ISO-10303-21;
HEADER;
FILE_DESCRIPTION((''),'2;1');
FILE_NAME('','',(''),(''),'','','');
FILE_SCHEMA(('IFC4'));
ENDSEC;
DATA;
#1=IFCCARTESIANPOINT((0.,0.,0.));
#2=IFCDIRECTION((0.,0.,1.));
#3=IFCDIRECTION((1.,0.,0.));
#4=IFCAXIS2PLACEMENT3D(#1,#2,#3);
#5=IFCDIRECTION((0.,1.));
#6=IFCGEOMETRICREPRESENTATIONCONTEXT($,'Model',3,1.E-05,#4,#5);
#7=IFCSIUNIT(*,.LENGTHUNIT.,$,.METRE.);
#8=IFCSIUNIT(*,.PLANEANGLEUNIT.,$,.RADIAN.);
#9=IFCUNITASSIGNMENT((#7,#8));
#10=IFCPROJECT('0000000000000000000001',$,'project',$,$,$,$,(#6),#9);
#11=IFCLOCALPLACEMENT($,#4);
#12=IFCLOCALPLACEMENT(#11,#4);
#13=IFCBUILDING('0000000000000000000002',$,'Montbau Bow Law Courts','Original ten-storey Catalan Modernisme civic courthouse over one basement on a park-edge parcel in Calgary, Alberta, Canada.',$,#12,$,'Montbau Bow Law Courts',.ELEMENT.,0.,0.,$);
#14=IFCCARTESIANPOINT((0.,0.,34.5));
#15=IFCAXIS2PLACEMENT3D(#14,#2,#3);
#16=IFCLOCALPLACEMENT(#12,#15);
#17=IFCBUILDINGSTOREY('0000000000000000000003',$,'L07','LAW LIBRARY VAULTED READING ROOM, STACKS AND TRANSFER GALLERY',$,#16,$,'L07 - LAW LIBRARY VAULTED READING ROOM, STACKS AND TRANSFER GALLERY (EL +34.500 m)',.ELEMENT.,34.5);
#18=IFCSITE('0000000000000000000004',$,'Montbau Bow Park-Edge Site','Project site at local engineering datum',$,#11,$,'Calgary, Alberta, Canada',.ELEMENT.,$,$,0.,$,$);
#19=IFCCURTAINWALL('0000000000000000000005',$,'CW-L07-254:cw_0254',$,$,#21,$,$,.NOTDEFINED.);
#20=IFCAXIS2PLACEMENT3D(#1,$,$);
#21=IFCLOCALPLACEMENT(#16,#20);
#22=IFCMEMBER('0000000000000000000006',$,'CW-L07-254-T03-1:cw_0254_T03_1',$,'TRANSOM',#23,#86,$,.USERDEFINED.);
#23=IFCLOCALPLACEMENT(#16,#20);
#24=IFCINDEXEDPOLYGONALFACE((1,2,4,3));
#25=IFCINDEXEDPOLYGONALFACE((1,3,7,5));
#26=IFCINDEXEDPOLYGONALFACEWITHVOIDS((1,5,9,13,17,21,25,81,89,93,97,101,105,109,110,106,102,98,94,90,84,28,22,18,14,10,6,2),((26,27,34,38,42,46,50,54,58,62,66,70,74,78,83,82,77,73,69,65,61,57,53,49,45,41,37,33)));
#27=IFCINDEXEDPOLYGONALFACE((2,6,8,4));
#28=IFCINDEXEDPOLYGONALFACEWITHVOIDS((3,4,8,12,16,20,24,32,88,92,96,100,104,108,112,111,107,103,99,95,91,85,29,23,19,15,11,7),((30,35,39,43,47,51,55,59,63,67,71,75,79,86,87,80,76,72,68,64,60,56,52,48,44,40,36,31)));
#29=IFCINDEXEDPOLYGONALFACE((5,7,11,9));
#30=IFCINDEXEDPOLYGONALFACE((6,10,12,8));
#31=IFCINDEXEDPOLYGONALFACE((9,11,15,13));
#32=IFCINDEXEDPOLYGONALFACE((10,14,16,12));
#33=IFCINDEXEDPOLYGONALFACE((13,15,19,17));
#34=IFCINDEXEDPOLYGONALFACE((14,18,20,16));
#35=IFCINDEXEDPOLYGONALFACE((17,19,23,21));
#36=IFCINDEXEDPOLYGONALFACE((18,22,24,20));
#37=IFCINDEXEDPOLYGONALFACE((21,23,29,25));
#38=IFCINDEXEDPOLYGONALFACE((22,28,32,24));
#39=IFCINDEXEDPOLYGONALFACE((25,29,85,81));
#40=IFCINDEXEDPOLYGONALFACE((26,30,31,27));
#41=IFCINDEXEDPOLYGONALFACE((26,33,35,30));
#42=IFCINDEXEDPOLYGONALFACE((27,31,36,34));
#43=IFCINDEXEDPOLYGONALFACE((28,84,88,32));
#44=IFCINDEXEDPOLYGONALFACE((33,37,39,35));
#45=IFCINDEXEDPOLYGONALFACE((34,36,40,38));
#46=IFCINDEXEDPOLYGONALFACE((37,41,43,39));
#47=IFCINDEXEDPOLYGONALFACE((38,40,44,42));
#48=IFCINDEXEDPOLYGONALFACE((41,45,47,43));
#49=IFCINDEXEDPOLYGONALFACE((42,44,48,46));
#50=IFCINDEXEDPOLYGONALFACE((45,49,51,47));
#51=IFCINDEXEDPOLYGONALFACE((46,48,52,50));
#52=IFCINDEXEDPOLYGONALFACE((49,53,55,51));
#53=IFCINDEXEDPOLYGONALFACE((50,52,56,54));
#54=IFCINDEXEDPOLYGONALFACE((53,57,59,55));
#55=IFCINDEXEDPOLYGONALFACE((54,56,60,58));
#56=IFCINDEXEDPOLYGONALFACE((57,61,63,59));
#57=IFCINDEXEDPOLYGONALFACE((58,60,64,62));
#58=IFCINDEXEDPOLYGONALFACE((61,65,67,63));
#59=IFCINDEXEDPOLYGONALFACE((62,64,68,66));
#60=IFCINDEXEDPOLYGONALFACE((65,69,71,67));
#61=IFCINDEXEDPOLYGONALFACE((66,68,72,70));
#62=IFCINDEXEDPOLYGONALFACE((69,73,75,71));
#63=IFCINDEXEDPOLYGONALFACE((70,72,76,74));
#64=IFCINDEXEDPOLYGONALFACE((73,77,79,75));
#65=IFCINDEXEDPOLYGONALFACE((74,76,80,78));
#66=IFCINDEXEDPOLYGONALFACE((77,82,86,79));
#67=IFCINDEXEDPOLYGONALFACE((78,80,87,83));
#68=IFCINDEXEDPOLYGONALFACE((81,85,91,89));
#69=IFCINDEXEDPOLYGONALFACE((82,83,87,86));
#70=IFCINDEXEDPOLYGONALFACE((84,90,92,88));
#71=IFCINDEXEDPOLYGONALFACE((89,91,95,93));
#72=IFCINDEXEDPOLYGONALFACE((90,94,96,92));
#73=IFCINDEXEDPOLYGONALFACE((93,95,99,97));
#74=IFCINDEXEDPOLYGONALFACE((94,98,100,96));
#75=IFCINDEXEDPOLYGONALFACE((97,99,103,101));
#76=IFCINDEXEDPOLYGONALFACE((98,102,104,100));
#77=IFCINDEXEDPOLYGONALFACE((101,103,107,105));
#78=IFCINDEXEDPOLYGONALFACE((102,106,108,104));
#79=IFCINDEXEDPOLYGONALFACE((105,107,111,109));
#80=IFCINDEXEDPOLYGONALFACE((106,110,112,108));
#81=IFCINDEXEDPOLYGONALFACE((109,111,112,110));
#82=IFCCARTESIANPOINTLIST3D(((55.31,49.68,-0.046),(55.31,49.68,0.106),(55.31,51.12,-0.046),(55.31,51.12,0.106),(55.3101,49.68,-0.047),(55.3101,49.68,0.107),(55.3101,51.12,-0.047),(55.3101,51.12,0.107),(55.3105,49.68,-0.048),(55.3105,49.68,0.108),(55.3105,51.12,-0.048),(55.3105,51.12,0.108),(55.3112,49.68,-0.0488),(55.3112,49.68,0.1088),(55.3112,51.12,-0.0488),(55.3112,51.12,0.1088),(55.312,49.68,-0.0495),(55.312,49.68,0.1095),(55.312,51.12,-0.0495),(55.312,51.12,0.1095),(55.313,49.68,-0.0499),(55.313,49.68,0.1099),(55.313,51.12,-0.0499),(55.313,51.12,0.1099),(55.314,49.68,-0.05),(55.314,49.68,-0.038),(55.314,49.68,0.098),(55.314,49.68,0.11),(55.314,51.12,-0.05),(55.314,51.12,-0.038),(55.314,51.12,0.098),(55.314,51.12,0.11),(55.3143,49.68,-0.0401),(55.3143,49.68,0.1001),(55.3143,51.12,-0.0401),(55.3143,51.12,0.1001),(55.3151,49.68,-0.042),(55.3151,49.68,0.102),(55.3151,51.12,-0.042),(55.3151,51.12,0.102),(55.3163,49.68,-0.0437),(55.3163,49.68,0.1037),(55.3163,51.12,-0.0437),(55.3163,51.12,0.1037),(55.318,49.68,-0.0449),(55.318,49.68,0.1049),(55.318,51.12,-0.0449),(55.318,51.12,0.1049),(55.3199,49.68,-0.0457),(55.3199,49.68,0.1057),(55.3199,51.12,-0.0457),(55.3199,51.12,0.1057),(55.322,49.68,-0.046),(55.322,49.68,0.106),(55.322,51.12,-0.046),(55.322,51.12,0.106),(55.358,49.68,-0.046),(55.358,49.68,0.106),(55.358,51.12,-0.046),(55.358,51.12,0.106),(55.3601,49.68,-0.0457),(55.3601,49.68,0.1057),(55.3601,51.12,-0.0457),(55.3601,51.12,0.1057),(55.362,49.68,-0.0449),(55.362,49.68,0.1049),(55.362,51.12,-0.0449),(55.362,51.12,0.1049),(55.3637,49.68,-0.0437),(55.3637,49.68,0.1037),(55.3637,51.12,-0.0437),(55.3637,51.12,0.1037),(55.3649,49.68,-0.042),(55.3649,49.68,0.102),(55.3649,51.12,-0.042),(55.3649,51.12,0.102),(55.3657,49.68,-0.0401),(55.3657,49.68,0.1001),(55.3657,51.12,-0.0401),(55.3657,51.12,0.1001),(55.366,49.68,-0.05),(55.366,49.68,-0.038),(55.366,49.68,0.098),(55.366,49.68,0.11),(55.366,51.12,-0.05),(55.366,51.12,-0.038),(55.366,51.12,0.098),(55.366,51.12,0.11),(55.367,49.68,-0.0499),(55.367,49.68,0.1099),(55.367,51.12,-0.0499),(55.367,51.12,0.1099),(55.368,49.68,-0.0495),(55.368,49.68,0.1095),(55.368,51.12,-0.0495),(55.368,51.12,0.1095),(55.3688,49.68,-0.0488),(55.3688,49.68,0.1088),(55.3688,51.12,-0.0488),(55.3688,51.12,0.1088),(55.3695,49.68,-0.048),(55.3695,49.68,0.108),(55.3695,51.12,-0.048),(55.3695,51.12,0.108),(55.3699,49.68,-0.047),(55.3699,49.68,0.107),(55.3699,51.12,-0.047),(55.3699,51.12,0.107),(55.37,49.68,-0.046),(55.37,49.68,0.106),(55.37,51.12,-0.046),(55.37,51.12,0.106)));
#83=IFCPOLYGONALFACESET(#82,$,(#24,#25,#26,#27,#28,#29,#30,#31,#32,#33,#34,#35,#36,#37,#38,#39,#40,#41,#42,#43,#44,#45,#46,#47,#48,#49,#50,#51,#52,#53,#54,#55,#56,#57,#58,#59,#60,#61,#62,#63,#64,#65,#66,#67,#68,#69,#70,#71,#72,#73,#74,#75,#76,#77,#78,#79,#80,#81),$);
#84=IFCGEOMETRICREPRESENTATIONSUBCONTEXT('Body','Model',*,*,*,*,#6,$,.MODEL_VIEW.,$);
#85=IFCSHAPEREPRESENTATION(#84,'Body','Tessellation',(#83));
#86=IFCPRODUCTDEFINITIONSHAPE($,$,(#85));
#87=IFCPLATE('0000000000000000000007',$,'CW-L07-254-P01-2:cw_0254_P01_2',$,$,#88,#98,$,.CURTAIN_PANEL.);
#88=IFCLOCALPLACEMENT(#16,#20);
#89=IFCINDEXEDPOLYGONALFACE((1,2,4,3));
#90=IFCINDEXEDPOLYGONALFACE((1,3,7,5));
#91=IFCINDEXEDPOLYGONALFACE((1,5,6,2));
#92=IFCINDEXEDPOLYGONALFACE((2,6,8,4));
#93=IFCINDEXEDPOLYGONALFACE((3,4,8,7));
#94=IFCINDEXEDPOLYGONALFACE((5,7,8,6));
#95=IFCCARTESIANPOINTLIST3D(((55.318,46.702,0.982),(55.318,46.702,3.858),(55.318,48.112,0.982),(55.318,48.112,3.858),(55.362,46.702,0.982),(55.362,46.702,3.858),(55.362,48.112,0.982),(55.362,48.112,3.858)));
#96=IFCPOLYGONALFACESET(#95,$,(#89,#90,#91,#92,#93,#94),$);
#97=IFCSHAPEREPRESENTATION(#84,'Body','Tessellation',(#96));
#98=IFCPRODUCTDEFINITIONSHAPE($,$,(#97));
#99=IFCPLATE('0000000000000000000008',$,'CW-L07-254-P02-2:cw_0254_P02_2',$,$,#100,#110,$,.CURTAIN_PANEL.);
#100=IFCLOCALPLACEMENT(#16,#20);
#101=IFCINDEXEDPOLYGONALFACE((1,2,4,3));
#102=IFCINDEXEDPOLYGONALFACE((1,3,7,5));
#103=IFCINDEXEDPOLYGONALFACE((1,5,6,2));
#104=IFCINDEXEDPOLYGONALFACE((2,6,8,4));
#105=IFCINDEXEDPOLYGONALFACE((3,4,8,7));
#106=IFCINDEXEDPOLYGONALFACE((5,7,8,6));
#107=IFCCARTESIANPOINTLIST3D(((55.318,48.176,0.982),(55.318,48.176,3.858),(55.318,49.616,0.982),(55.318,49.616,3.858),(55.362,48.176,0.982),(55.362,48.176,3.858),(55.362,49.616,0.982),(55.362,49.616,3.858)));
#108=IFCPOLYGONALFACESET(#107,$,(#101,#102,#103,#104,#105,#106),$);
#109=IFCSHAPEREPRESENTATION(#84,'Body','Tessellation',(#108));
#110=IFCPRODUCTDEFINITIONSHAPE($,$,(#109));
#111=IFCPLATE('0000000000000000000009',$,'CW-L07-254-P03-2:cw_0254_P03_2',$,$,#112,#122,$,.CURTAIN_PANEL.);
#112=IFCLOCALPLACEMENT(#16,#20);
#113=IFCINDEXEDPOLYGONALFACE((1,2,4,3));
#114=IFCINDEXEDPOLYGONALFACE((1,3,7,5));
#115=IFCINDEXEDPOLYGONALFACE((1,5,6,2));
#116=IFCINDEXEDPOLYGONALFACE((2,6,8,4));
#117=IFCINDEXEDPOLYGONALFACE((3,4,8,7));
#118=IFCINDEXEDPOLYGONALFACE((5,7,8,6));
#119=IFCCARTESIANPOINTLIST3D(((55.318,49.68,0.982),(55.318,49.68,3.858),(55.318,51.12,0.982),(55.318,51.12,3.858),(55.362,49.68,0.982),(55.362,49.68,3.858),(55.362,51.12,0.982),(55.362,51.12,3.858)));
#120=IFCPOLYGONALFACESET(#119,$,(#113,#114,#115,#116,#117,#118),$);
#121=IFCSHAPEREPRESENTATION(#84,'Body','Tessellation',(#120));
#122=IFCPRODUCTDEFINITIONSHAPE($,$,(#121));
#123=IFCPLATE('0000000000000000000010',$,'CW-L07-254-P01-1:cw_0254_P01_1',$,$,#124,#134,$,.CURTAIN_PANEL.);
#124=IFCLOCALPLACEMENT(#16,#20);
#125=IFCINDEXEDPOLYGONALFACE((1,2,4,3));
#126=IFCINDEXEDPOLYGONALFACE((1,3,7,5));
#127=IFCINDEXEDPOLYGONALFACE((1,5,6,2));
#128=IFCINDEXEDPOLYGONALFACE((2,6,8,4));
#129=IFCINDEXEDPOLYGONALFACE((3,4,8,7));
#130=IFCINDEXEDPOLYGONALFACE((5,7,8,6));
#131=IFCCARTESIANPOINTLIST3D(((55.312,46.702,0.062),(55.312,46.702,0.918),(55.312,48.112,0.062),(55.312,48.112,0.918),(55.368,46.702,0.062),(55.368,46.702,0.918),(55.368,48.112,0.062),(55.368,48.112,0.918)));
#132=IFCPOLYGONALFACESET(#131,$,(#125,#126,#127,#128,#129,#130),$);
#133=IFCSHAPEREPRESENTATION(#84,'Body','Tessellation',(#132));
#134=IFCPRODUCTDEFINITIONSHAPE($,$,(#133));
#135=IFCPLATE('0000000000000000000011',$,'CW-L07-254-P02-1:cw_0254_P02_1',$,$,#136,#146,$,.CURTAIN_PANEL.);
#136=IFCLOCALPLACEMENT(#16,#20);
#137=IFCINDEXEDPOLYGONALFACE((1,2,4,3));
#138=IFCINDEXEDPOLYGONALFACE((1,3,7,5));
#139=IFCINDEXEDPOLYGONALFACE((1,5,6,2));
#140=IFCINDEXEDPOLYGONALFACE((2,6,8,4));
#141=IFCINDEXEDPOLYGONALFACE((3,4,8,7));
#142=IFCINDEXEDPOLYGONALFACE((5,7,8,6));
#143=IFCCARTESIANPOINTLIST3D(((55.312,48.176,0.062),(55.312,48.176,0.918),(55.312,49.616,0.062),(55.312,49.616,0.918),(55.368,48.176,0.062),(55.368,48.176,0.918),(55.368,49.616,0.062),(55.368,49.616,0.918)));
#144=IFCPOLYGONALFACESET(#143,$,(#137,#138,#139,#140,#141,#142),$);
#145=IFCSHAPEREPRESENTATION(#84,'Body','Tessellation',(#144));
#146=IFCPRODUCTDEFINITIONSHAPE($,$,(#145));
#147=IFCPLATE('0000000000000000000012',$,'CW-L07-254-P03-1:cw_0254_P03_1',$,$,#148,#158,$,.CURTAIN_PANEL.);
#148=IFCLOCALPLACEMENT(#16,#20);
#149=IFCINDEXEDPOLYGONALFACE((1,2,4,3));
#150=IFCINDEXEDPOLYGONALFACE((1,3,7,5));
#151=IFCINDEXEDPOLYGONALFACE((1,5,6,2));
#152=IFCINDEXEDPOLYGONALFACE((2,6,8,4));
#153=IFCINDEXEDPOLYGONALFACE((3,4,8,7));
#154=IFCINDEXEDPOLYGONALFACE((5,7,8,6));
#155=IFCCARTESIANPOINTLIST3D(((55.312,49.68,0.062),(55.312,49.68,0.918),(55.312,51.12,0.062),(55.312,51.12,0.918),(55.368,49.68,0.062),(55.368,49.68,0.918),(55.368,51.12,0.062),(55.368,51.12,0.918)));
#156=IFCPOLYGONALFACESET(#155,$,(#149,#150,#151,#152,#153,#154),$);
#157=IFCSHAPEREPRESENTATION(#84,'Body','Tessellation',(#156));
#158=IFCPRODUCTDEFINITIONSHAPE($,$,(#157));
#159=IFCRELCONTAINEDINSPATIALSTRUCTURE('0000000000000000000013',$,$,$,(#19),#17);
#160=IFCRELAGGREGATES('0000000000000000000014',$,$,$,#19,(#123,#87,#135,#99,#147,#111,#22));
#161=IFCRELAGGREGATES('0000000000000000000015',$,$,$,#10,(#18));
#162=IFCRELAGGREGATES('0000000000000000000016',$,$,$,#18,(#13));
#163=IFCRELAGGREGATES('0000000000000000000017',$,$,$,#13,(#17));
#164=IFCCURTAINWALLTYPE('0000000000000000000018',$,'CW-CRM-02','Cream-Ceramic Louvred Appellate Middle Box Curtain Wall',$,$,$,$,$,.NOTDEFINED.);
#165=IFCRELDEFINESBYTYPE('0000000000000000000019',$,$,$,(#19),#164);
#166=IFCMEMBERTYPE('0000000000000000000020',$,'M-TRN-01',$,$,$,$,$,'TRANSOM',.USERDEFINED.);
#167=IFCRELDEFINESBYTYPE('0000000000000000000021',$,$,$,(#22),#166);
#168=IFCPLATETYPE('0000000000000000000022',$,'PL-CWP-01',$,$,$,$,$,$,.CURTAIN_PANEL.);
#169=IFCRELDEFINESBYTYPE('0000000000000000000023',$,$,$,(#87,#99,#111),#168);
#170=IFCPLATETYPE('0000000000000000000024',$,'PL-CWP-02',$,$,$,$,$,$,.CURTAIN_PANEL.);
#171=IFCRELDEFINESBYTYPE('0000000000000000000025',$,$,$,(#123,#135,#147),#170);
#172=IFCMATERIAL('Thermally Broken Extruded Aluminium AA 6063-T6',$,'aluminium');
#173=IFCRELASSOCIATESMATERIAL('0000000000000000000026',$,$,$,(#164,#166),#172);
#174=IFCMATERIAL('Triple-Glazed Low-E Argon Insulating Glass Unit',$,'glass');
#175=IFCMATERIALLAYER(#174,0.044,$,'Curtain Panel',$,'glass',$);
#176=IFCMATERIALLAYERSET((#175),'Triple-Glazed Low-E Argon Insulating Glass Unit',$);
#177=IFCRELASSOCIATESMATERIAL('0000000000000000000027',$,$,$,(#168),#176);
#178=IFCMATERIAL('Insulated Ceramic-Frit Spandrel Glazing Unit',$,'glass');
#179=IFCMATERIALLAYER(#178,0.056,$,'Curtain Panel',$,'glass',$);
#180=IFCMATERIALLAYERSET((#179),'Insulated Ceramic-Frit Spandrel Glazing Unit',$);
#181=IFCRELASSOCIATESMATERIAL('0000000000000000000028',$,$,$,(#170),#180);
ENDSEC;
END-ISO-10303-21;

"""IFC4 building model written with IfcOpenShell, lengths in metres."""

from ifc_helpers import new_model, si_unit, direction, frame, frame_2d, origin_with_axes, origin_2d_with_axis, place, context, subcontext, project, spatial, rectangle, hollow_rectangle, extrude, material, layer, layer_set, material_profile, profile_set, type_object, element, aggregate, save


model = new_model("IFC4")

# Units and contexts
model_context = context("Model", 3, precision=1e-05, world=origin_with_axes(), true_north=direction((0.0, 1.0)))
body_context = subcontext(model_context, "Body", "Model", "MODEL_VIEW")
ifc_project = project(units=[si_unit("LENGTHUNIT", "METRE"), si_unit("PLANEANGLEUNIT", "RADIAN")], contexts=[model_context])

# Site, building, storey
site_placement = place(None, origin_with_axes())
site = spatial("IfcSite", under=ifc_project, at=site_placement, Name="Montbau Bow Park-Edge Site", Description="Project site at local engineering datum", LongName="Calgary, Alberta, Canada", CompositionType="ELEMENT", RefElevation=0.0)
building_placement = place(site_placement, origin_with_axes())
building = spatial("IfcBuilding", under=site, at=building_placement, Name="Montbau Bow Law Courts", Description="Original ten-storey Catalan Modernisme civic courthouse over one basement on a park-edge parcel in Calgary, Alberta, Canada.", LongName="Montbau Bow Law Courts", CompositionType="ELEMENT", ElevationOfRefHeight=0.0, ElevationOfTerrain=0.0)
storey_placement = place(building_placement, frame((0.0, 0.0, 34.5), z_axis=(0.0, 0.0, 1.0), x_axis=(1.0, 0.0, 0.0)))
storey = spatial("IfcBuildingStorey", under=building, at=storey_placement, Name="L07", Description="LAW LIBRARY VAULTED READING ROOM, STACKS AND TRANSFER GALLERY", LongName="L07 - LAW LIBRARY VAULTED READING ROOM, STACKS AND TRANSFER GALLERY (EL +34.500 m)", CompositionType="ELEMENT", Elevation=34.5)

# Shared definitions
ifc_material_1 = material(Name="Thermally Broken Extruded Aluminium AA 6063-T6", Category="aluminium")
curtain_wall_type = type_object("IfcCurtainWallType", Name="CW-CRM-02", Description="Cream-Ceramic Louvred Appellate Middle Box Curtain Wall", PredefinedType="NOTDEFINED", material=ifc_material_1)

# Curtain wall, member, plates
curtain_wall_1_placement = place(None, frame((55.34, 46.64, 34.5), z_axis=(0.0, 0.0, 1.0), x_axis=(1.0, 0.0, 0.0)))
curtain_wall_1 = element("IfcCurtainWall", 1, at=curtain_wall_1_placement, inside=storey, type_object=curtain_wall_type, Name="CW-L07-254:cw_0254", PredefinedType="NOTDEFINED")
ifc_material_profile_1 = material_profile(ifc_material_1, hollow_rectangle(XDim=0.06, YDim=0.16, WallThickness=0.004, InnerFilletRadius=0.008, OuterFilletRadius=0.004, at=origin_2d_with_axis()), Name="CWT-160X60", Category="Main", Priority=0)
ifc_profile_set_1 = profile_set([ifc_material_profile_1], Name="Thermally Broken Extruded Aluminium AA 6063-T6")
member_type_1 = type_object("IfcMemberType", Name="M-TRN-01", ElementType="TRANSOM", PredefinedType="USERDEFINED", material=ifc_profile_set_1)
member_1_placement = place(None, frame((55.34, 49.68, 34.53), z_axis=(0.0, 1.0, 0.0), x_axis=(-1.0, 0.0, 0.0)))
member_1 = element("IfcMember", 2, at=member_1_placement, type_object=member_type_1, Name="CW-L07-254-T03-1:cw_0254_T03_1", ObjectType="TRANSOM", PredefinedType="USERDEFINED", context=body_context, shape_type="SweptSolid", body=[
    extrude(hollow_rectangle(XDim=0.06, YDim=0.16, WallThickness=0.004, InnerFilletRadius=0.008, OuterFilletRadius=0.004, at=origin_2d_with_axis()), origin_with_axes(), (0.0, 0.0, 1.0), 1.44),
])
ifc_material_2 = material(Name="Triple-Glazed Low-E Argon Insulating Glass Unit", Category="glass")
ifc_layer_1 = layer(ifc_material_2, 0.044, Name="Curtain Panel", Category="glass")
ifc_layer_set_1 = layer_set([ifc_layer_1], Name="Triple-Glazed Low-E Argon Insulating Glass Unit")
plate_type_1 = type_object("IfcPlateType", Name="PL-CWP-01", PredefinedType="CURTAIN_PANEL", material=ifc_layer_set_1)
plate_1_placement = place(None, frame((55.34, 46.702, 35.482), z_axis=(1.0, 0.0, 0.0), x_axis=(0.0, 1.0, 0.0)))
plate_1 = element("IfcPlate", 3, at=plate_1_placement, type_object=plate_type_1, Name="CW-L07-254-P01-2:cw_0254_P01_2", PredefinedType="CURTAIN_PANEL", context=body_context, shape_type="SweptSolid", body=[
    extrude(rectangle(XDim=1.41, YDim=2.876, at=frame_2d((0.705, 1.438), x_axis=(1.0, 0.0))), frame((0.0, 0.0, -0.022), z_axis=(0.0, 0.0, 1.0), x_axis=(1.0, 0.0, 0.0)), (0.0, 0.0, 1.0), 0.044),
])
plate_2_placement = place(None, frame((55.34, 48.176, 35.482), z_axis=(1.0, 0.0, 0.0), x_axis=(0.0, 1.0, 0.0)))
plate_2 = element("IfcPlate", 4, at=plate_2_placement, type_object=plate_type_1, Name="CW-L07-254-P02-2:cw_0254_P02_2", PredefinedType="CURTAIN_PANEL", context=body_context, shape_type="SweptSolid", body=[
    extrude(rectangle(XDim=1.44, YDim=2.876, at=frame_2d((0.72, 1.438), x_axis=(1.0, 0.0))), frame((0.0, 0.0, -0.022), z_axis=(0.0, 0.0, 1.0), x_axis=(1.0, 0.0, 0.0)), (0.0, 0.0, 1.0), 0.044),
])
plate_3_placement = place(None, frame((55.34, 49.68, 35.482), z_axis=(1.0, 0.0, 0.0), x_axis=(0.0, 1.0, 0.0)))
plate_3 = element("IfcPlate", 5, at=plate_3_placement, type_object=plate_type_1, Name="CW-L07-254-P03-2:cw_0254_P03_2", PredefinedType="CURTAIN_PANEL", context=body_context, shape_type="SweptSolid", body=[
    extrude(rectangle(XDim=1.44, YDim=2.876, at=frame_2d((0.72, 1.438), x_axis=(1.0, 0.0))), frame((0.0, 0.0, -0.022), z_axis=(0.0, 0.0, 1.0), x_axis=(1.0, 0.0, 0.0)), (0.0, 0.0, 1.0), 0.044),
])
ifc_material_3 = material(Name="Insulated Ceramic-Frit Spandrel Glazing Unit", Category="glass")
ifc_layer_2 = layer(ifc_material_3, 0.056, Name="Curtain Panel", Category="glass")
ifc_layer_set_2 = layer_set([ifc_layer_2], Name="Insulated Ceramic-Frit Spandrel Glazing Unit")
plate_type_2 = type_object("IfcPlateType", Name="PL-CWP-02", PredefinedType="CURTAIN_PANEL", material=ifc_layer_set_2)
plate_4_placement = place(None, frame((55.34, 46.702, 34.562), z_axis=(1.0, 0.0, 0.0), x_axis=(0.0, 1.0, 0.0)))
plate_4 = element("IfcPlate", 6, at=plate_4_placement, type_object=plate_type_2, Name="CW-L07-254-P01-1:cw_0254_P01_1", PredefinedType="CURTAIN_PANEL", context=body_context, shape_type="SweptSolid", body=[
    extrude(rectangle(XDim=1.41, YDim=0.856, at=frame_2d((0.705, 0.428), x_axis=(1.0, 0.0))), frame((0.0, 0.0, -0.028), z_axis=(0.0, 0.0, 1.0), x_axis=(1.0, 0.0, 0.0)), (0.0, 0.0, 1.0), 0.056),
])
plate_5_placement = place(None, frame((55.34, 48.176, 34.562), z_axis=(1.0, 0.0, 0.0), x_axis=(0.0, 1.0, 0.0)))
plate_5 = element("IfcPlate", 7, at=plate_5_placement, type_object=plate_type_2, Name="CW-L07-254-P02-1:cw_0254_P02_1", PredefinedType="CURTAIN_PANEL", context=body_context, shape_type="SweptSolid", body=[
    extrude(rectangle(XDim=1.44, YDim=0.856, at=frame_2d((0.72, 0.428), x_axis=(1.0, 0.0))), frame((0.0, 0.0, -0.028), z_axis=(0.0, 0.0, 1.0), x_axis=(1.0, 0.0, 0.0)), (0.0, 0.0, 1.0), 0.056),
])
plate_6_placement = place(None, frame((55.34, 49.68, 34.562), z_axis=(1.0, 0.0, 0.0), x_axis=(0.0, 1.0, 0.0)))
plate_6 = element("IfcPlate", 8, at=plate_6_placement, type_object=plate_type_2, Name="CW-L07-254-P03-1:cw_0254_P03_1", PredefinedType="CURTAIN_PANEL", context=body_context, shape_type="SweptSolid", body=[
    extrude(rectangle(XDim=1.44, YDim=0.856, at=frame_2d((0.72, 0.428), x_axis=(1.0, 0.0))), frame((0.0, 0.0, -0.028), z_axis=(0.0, 0.0, 1.0), x_axis=(1.0, 0.0, 0.0)), (0.0, 0.0, 1.0), 0.056),
])
aggregate(curtain_wall_1, [plate_4, plate_1, plate_5, plate_2, plate_6, plate_3, member_1])

save(model, "model.ifc")
